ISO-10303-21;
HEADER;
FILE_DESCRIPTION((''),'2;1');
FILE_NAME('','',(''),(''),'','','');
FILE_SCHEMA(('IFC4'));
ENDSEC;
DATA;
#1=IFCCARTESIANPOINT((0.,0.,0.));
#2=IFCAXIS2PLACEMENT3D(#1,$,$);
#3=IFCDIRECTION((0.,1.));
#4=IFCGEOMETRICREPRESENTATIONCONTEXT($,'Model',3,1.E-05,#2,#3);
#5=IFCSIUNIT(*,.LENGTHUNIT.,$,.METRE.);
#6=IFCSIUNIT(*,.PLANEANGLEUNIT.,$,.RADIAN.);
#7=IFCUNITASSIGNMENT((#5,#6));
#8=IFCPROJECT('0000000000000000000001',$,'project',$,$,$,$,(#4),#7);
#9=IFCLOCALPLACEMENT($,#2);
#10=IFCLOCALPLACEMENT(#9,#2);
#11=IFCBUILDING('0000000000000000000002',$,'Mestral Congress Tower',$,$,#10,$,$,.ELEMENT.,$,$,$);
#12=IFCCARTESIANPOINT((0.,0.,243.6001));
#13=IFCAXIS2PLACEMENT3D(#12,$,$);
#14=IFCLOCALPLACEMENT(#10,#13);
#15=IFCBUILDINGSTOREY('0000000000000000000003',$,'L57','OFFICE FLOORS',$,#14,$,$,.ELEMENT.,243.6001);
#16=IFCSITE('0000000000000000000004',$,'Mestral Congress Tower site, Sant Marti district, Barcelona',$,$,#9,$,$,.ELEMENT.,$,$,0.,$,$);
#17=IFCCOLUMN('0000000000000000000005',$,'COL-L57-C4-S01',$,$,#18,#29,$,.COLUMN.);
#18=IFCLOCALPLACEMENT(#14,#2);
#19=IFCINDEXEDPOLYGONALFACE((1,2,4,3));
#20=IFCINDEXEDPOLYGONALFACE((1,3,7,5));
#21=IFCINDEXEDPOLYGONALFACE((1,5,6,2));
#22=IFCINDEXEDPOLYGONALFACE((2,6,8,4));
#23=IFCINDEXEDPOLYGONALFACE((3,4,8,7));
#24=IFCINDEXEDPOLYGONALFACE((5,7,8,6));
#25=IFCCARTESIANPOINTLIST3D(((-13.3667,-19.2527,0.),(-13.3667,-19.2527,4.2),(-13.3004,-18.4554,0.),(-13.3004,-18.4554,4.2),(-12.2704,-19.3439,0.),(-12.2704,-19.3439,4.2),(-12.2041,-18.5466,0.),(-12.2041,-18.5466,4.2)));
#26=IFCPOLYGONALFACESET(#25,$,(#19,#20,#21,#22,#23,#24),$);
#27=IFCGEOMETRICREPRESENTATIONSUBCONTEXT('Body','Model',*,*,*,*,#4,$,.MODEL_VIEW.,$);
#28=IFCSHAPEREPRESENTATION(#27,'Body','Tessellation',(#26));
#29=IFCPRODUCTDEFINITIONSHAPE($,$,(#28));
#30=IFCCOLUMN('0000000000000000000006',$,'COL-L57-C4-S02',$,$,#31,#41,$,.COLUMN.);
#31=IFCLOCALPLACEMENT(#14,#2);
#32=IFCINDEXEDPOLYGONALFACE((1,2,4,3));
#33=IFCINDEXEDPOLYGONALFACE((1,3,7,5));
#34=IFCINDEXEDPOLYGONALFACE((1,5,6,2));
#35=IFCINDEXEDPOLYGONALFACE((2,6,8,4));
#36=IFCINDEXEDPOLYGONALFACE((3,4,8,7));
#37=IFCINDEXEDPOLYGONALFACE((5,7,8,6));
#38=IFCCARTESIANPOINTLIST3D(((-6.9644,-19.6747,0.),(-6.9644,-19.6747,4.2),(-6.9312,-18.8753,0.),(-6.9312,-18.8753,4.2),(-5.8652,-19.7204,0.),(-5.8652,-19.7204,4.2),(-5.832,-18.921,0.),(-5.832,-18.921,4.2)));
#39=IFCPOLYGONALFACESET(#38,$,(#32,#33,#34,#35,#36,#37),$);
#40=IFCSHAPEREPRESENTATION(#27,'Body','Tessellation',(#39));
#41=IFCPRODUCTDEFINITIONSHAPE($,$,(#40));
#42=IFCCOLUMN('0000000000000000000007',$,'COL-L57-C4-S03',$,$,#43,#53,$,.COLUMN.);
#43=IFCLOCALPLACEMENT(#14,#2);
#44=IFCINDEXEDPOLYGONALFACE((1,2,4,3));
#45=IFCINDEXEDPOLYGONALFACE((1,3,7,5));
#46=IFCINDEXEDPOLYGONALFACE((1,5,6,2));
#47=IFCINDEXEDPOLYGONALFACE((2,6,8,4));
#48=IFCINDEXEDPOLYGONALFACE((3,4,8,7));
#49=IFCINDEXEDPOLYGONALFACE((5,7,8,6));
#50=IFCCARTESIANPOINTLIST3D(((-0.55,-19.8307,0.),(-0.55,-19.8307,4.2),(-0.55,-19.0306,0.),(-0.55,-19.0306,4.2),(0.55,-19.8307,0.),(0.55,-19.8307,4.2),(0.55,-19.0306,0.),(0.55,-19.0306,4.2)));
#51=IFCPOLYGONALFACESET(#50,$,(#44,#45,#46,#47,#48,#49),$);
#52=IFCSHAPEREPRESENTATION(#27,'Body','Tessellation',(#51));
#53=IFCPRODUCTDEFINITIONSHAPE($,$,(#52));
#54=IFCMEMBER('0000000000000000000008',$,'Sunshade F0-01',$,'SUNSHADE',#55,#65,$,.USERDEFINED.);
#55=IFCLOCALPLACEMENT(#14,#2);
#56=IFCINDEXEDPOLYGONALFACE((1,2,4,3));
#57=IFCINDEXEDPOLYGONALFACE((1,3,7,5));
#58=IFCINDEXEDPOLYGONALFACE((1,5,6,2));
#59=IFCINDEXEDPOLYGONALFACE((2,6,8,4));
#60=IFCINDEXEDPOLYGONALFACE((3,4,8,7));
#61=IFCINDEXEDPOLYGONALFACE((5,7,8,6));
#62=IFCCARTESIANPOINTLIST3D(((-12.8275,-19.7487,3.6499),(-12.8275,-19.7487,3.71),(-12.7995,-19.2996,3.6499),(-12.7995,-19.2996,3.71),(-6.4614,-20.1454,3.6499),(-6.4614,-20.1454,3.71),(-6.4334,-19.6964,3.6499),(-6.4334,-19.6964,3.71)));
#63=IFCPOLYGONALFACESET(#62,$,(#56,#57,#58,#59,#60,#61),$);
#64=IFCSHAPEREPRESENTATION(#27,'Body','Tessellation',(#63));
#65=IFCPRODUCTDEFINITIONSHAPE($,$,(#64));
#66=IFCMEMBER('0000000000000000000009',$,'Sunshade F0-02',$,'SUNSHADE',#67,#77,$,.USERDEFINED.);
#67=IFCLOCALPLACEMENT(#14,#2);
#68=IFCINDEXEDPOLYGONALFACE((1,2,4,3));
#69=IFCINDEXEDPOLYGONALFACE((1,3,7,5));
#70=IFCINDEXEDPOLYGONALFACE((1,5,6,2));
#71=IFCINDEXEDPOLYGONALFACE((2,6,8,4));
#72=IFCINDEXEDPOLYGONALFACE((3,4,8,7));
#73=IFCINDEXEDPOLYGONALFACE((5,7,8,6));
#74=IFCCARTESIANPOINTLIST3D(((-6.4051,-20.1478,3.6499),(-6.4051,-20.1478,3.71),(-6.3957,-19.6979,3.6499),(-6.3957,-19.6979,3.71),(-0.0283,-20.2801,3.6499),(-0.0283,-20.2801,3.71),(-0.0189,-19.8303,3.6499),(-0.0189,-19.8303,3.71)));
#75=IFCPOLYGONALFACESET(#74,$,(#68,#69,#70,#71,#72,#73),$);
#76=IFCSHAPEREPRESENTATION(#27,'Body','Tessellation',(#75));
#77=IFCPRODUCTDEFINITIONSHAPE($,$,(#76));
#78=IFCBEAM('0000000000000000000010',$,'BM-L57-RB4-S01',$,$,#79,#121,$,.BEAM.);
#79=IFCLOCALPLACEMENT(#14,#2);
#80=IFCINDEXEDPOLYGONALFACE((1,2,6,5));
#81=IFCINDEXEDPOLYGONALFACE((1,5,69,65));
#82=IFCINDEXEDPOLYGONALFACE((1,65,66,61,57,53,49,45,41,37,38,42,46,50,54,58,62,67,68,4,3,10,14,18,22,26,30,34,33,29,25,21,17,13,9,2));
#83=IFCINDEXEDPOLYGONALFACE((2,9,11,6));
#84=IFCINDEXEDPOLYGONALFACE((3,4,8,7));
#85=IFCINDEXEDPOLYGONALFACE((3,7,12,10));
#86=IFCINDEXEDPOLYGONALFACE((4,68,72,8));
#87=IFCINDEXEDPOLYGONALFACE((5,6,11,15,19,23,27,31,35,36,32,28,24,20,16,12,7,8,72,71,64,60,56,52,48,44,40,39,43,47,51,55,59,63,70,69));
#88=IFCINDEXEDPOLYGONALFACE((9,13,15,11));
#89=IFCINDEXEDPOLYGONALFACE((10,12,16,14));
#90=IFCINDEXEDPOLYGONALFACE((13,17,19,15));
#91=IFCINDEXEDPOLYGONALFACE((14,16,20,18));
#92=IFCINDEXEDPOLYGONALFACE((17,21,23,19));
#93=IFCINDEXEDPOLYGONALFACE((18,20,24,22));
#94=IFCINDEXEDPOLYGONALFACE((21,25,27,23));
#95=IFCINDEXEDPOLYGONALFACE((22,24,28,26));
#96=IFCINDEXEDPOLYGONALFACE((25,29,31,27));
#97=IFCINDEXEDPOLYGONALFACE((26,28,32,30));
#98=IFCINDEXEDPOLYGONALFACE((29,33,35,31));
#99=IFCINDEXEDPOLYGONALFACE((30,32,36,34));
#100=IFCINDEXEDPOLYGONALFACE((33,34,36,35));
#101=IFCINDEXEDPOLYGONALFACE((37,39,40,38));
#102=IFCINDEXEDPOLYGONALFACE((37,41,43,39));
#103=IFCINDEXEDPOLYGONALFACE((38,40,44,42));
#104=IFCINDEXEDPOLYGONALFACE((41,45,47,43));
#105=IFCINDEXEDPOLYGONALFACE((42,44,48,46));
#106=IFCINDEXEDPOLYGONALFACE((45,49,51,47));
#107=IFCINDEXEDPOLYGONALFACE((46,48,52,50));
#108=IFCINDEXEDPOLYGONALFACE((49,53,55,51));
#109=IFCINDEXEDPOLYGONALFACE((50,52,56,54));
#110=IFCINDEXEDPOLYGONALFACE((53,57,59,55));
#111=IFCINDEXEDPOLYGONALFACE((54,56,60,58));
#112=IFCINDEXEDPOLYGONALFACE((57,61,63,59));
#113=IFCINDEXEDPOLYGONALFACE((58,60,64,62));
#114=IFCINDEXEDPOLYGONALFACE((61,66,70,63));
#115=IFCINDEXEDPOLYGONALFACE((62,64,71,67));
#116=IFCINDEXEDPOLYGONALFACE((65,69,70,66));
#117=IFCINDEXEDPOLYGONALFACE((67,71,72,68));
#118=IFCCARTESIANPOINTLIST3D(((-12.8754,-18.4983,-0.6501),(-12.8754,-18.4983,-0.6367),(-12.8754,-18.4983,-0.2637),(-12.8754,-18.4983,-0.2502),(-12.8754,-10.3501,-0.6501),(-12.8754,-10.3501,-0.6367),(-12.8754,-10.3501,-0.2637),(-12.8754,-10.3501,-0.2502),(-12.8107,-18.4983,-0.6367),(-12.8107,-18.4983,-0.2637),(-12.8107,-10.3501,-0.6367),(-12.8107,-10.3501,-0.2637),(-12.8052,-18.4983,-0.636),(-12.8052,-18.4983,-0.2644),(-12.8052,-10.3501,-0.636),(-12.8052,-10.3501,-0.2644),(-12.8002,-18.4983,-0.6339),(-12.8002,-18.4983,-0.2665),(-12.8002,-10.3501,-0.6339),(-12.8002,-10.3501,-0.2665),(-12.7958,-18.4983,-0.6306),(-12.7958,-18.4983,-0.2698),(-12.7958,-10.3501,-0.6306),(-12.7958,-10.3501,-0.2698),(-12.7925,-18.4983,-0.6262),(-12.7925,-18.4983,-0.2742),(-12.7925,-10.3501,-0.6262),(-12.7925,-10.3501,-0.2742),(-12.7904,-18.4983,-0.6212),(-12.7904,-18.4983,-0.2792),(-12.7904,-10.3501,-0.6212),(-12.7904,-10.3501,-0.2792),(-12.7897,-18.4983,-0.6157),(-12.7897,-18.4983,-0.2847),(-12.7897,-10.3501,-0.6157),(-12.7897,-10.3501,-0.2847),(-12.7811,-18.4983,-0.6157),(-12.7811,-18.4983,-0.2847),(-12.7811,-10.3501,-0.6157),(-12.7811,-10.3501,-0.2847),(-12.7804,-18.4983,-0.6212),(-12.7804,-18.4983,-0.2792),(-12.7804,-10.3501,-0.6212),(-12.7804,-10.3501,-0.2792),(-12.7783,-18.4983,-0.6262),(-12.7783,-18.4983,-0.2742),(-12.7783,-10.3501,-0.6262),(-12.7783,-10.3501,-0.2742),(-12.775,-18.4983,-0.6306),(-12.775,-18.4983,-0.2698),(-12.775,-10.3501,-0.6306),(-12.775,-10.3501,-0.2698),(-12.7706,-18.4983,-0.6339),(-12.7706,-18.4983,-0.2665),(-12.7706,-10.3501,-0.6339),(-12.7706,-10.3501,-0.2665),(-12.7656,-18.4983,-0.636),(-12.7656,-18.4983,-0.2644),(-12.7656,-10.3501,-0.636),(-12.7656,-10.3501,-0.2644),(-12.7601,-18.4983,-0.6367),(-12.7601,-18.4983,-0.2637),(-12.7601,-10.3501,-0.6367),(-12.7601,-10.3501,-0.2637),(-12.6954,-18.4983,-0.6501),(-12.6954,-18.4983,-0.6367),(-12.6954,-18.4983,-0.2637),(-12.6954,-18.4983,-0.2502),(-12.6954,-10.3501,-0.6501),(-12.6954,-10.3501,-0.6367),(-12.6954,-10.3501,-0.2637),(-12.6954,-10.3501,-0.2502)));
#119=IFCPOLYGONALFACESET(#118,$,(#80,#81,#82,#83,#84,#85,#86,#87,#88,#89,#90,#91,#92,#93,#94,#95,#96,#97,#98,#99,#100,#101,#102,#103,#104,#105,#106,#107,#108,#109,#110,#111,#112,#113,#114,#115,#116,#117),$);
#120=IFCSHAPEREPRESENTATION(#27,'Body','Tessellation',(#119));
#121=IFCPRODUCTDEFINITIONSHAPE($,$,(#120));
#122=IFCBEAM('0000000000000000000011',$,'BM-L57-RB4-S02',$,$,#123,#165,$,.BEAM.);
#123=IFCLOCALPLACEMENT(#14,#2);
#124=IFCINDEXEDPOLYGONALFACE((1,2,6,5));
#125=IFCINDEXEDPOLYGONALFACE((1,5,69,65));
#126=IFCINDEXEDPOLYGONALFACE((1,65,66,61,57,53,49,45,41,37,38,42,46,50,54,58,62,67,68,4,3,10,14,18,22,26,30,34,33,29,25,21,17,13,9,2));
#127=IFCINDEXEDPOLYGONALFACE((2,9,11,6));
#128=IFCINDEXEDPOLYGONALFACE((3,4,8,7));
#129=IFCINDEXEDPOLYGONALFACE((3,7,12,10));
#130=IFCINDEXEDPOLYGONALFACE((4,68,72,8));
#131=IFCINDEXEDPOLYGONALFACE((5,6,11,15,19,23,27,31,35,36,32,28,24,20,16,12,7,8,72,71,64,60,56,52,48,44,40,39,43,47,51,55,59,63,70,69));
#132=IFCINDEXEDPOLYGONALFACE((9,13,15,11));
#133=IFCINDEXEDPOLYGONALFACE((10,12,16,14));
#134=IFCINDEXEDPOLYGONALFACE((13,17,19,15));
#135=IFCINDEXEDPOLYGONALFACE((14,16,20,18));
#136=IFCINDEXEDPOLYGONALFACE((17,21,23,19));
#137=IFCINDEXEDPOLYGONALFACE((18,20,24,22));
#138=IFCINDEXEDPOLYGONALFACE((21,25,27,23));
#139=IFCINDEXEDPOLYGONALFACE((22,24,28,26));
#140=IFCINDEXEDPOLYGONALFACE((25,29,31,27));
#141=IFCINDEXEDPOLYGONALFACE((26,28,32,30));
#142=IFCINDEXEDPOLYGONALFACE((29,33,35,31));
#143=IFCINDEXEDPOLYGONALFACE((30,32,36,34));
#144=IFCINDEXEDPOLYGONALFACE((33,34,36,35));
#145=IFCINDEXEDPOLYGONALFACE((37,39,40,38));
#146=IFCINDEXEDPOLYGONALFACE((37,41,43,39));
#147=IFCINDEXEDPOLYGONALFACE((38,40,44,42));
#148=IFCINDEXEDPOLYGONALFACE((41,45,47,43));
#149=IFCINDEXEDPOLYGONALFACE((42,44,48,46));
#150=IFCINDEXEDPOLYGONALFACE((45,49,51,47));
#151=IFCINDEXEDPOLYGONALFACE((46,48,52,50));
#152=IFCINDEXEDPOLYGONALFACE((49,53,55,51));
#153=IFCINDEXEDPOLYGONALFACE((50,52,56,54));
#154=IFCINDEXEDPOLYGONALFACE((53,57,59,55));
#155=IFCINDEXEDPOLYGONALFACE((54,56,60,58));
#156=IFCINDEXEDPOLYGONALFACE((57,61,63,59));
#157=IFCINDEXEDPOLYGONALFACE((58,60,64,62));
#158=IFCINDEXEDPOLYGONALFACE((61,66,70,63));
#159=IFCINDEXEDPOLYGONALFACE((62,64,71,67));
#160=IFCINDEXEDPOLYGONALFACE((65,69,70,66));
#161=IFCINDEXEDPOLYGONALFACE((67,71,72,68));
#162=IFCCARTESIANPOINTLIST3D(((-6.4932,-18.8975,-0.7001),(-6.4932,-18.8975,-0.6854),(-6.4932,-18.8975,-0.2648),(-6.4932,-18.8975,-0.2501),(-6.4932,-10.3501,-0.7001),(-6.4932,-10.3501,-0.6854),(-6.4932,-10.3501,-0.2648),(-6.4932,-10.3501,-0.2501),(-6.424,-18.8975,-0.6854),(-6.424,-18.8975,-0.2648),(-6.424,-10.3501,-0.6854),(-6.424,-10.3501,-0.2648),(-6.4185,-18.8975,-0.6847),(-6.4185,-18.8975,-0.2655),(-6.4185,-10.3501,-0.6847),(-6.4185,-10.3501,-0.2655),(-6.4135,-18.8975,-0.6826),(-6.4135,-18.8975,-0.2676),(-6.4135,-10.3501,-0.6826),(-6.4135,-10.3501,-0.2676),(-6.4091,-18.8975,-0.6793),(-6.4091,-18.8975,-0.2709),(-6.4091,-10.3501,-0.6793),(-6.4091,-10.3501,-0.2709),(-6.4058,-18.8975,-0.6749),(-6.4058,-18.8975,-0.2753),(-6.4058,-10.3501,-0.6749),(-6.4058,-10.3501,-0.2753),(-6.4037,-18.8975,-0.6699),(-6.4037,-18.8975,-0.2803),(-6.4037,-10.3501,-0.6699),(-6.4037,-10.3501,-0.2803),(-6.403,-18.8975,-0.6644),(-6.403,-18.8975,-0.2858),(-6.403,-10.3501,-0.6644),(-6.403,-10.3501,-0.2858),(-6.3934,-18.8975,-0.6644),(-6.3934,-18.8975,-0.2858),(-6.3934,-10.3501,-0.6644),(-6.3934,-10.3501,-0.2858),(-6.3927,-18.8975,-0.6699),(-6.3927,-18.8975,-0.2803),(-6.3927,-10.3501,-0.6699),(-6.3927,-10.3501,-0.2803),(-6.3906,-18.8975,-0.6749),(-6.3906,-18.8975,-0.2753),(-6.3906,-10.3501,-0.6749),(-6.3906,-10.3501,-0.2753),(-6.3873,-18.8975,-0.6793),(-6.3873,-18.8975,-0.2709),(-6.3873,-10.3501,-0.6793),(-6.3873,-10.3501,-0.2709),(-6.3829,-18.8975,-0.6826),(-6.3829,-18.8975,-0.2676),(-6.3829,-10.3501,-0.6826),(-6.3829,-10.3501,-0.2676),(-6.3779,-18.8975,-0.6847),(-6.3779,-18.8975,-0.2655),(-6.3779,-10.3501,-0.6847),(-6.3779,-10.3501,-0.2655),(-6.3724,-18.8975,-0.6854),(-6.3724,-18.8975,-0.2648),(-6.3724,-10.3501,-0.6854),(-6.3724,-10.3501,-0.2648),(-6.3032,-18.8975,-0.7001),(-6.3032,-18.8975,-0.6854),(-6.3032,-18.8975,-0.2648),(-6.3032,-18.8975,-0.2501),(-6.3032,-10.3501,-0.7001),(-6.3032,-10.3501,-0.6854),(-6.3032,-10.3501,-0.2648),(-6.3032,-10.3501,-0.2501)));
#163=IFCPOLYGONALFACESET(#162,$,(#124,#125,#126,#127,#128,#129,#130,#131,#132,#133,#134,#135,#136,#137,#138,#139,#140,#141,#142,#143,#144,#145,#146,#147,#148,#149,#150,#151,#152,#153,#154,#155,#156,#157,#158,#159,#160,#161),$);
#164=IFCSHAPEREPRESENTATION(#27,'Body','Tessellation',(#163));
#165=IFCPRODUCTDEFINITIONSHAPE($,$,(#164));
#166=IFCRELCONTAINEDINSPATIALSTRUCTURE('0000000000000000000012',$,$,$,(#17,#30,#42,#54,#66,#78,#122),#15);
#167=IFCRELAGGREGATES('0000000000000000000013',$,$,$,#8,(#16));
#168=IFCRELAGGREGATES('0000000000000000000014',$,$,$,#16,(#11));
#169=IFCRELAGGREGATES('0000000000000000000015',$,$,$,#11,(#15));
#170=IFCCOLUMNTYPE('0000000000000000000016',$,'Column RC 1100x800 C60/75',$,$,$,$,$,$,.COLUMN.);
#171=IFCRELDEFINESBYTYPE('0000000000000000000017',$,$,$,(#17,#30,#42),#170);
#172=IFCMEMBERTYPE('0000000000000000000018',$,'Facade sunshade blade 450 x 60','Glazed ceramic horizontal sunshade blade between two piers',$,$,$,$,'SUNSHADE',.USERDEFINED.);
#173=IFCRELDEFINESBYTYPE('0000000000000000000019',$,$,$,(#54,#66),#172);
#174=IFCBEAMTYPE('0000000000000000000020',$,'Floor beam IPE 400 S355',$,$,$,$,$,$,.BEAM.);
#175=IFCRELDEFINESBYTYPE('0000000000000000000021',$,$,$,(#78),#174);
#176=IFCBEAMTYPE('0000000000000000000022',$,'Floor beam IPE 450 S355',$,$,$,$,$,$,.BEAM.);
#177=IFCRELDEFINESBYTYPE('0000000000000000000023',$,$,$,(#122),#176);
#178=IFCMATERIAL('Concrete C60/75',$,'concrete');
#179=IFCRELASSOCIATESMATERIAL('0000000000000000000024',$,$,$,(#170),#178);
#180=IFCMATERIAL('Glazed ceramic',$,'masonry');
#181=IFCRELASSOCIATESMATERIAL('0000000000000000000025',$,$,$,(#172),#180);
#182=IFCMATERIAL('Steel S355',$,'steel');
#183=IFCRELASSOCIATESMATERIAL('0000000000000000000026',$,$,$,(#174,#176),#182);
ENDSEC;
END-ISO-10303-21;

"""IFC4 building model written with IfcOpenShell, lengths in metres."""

from ifc_helpers import new_model, si_unit, direction, frame, origin, origin_2d, place, context, subcontext, project, spatial, rectangle, i_section, extrude, material, material_profile, profile_set, type_object, element, save


model = new_model("IFC4")

# Units and contexts
model_context = context("Model", 3, precision=1e-05, world=origin(), true_north=direction((0.0, 1.0)))
body_context = subcontext(model_context, "Body", "Model", "MODEL_VIEW")
ifc_project = project(units=[si_unit("LENGTHUNIT", "METRE"), si_unit("PLANEANGLEUNIT", "RADIAN")], contexts=[model_context])

# Site, building, storey
site_placement = place(None, origin())
site = spatial("IfcSite", under=ifc_project, at=site_placement, Name="Mestral Congress Tower site, Sant Marti district, Barcelona", CompositionType="ELEMENT", RefElevation=0.0)
building_placement = place(site_placement, origin())
building = spatial("IfcBuilding", under=site, at=building_placement, Name="Mestral Congress Tower", CompositionType="ELEMENT")
storey_placement = place(building_placement, frame((0.0, 0.0, 243.6001)))
storey = spatial("IfcBuildingStorey", under=building, at=storey_placement, Name="L57", Description="OFFICE FLOORS", CompositionType="ELEMENT", Elevation=243.6001)

# Columns
ifc_material_1 = material(Name="Concrete C60/75", Category="concrete")
ifc_material_profile_1 = material_profile(ifc_material_1, rectangle(XDim=1.1001, YDim=0.8, at=origin_2d()), Name="RC 1100x800")
ifc_profile_set_1 = profile_set([ifc_material_profile_1], Name="Concrete C60/75")
column_type = type_object("IfcColumnType", Name="Column RC 1100x800 C60/75", PredefinedType="COLUMN", material=ifc_profile_set_1)
for number, where, z_axis, x_axis, name in (
    (1, (-12.7854, -18.8997, 0.0), (0.0, 0.0, 1.0), (0.996557, -0.082914, 0.0), "COL-L57-C4-S01"),
    (2, (-6.3982, -19.2979, 0.0), (0.0, 0.0, 1.0), (0.999139, -0.041492, 0.0), "COL-L57-C4-S02"),
    (3, (0.0, -19.4307, 0.0), (0.0, 0.0, 1.0), (1.0, 0.0, 0.0), "COL-L57-C4-S03"),
):
    element("IfcColumn", number, at=place(storey_placement, frame(where, z_axis=z_axis, x_axis=x_axis)), inside=storey, type_object=column_type, Name=name, PredefinedType="COLUMN", context=body_context, shape_type="SweptSolid", body=[
        extrude(rectangle(XDim=1.1001, YDim=0.8, at=origin_2d()), origin(), (0.0, 0.0, 1.0), 4.2),
    ])

# Members
ifc_material_2 = material(Name="Glazed ceramic", Category="masonry")
ifc_material_profile_2 = material_profile(ifc_material_2, rectangle(XDim=0.45, YDim=0.0601, at=origin_2d()), Name="Ceramic blade 450 x 60")
ifc_profile_set_2 = profile_set([ifc_material_profile_2], Name="Glazed ceramic")
member_type = type_object("IfcMemberType", Name="Facade sunshade blade 450 x 60", Description="Glazed ceramic horizontal sunshade blade between two piers", ElementType="SUNSHADE", PredefinedType="USERDEFINED", material=ifc_profile_set_2)
member_1_placement = place(storey_placement, frame((-12.8135, -19.5242, 3.6799), z_axis=(0.998064, -0.0622, 0.0), x_axis=(0.0622, 0.998064, 0.0)))
element("IfcMember", 4, at=member_1_placement, inside=storey, type_object=member_type, Name="Sunshade F0-01", ObjectType="SUNSHADE", PredefinedType="USERDEFINED", context=body_context, shape_type="SweptSolid", body=[
    extrude(rectangle(XDim=0.45, YDim=0.0601, at=origin_2d()), origin(), (0.0, 0.0, 1.0), 6.3784),
])
member_2_placement = place(storey_placement, frame((-6.4004, -19.9229, 3.6799), z_axis=(0.999785, -0.020747, 0.0), x_axis=(0.020747, 0.999785, 0.0)))
element("IfcMember", 5, at=member_2_placement, inside=storey, type_object=member_type, Name="Sunshade F0-02", ObjectType="SUNSHADE", PredefinedType="USERDEFINED", context=body_context, shape_type="SweptSolid", body=[
    extrude(rectangle(XDim=0.45, YDim=0.0601, at=origin_2d()), origin(), (0.0, 0.0, 1.0), 6.3782),
])

# Beams
ifc_material_3 = material(Name="Steel S355", Category="steel")
ifc_material_profile_3 = material_profile(ifc_material_3, i_section(OverallWidth=0.1799, OverallDepth=0.3999, WebThickness=0.0085, FlangeThickness=0.0134, FilletRadius=0.021, at=origin_2d()), Name="IPE 400")
ifc_profile_set_3 = profile_set([ifc_material_profile_3], Name="Steel S355")
beam_type_1 = type_object("IfcBeamType", Name="Floor beam IPE 400 S355", PredefinedType="BEAM", material=ifc_profile_set_3)
beam_1_placement = place(storey_placement, frame((-12.7854, -18.4983, -0.4502), z_axis=(0.0, 1.0, 0.0), x_axis=(-1.0, 0.0, 0.0)))
element("IfcBeam", 6, at=beam_1_placement, inside=storey, type_object=beam_type_1, Name="BM-L57-RB4-S01", PredefinedType="BEAM", context=body_context, shape_type="SweptSolid", body=[
    extrude(i_section(OverallWidth=0.1799, OverallDepth=0.3999, WebThickness=0.0085, FlangeThickness=0.0134, FilletRadius=0.021, at=origin_2d()), origin(), (0.0, 0.0, 1.0), 8.1482),
])
ifc_material_profile_4 = material_profile(ifc_material_3, i_section(OverallWidth=0.1899, OverallDepth=0.45, WebThickness=0.0095, FlangeThickness=0.0146, FilletRadius=0.021, at=origin_2d()), Name="IPE 450")
ifc_profile_set_4 = profile_set([ifc_material_profile_4], Name="Steel S355")
beam_type_2 = type_object("IfcBeamType", Name="Floor beam IPE 450 S355", PredefinedType="BEAM", material=ifc_profile_set_4)
beam_2_placement = place(storey_placement, frame((-6.3982, -18.8975, -0.4751), z_axis=(0.0, 1.0, 0.0), x_axis=(-1.0, 0.0, 0.0)))
element("IfcBeam", 7, at=beam_2_placement, inside=storey, type_object=beam_type_2, Name="BM-L57-RB4-S02", PredefinedType="BEAM", context=body_context, shape_type="SweptSolid", body=[
    extrude(i_section(OverallWidth=0.1899, OverallDepth=0.45, WebThickness=0.0095, FlangeThickness=0.0146, FilletRadius=0.021, at=origin_2d()), origin(), (0.0, 0.0, 1.0), 8.5474),
])

save(model, "model.ifc")
